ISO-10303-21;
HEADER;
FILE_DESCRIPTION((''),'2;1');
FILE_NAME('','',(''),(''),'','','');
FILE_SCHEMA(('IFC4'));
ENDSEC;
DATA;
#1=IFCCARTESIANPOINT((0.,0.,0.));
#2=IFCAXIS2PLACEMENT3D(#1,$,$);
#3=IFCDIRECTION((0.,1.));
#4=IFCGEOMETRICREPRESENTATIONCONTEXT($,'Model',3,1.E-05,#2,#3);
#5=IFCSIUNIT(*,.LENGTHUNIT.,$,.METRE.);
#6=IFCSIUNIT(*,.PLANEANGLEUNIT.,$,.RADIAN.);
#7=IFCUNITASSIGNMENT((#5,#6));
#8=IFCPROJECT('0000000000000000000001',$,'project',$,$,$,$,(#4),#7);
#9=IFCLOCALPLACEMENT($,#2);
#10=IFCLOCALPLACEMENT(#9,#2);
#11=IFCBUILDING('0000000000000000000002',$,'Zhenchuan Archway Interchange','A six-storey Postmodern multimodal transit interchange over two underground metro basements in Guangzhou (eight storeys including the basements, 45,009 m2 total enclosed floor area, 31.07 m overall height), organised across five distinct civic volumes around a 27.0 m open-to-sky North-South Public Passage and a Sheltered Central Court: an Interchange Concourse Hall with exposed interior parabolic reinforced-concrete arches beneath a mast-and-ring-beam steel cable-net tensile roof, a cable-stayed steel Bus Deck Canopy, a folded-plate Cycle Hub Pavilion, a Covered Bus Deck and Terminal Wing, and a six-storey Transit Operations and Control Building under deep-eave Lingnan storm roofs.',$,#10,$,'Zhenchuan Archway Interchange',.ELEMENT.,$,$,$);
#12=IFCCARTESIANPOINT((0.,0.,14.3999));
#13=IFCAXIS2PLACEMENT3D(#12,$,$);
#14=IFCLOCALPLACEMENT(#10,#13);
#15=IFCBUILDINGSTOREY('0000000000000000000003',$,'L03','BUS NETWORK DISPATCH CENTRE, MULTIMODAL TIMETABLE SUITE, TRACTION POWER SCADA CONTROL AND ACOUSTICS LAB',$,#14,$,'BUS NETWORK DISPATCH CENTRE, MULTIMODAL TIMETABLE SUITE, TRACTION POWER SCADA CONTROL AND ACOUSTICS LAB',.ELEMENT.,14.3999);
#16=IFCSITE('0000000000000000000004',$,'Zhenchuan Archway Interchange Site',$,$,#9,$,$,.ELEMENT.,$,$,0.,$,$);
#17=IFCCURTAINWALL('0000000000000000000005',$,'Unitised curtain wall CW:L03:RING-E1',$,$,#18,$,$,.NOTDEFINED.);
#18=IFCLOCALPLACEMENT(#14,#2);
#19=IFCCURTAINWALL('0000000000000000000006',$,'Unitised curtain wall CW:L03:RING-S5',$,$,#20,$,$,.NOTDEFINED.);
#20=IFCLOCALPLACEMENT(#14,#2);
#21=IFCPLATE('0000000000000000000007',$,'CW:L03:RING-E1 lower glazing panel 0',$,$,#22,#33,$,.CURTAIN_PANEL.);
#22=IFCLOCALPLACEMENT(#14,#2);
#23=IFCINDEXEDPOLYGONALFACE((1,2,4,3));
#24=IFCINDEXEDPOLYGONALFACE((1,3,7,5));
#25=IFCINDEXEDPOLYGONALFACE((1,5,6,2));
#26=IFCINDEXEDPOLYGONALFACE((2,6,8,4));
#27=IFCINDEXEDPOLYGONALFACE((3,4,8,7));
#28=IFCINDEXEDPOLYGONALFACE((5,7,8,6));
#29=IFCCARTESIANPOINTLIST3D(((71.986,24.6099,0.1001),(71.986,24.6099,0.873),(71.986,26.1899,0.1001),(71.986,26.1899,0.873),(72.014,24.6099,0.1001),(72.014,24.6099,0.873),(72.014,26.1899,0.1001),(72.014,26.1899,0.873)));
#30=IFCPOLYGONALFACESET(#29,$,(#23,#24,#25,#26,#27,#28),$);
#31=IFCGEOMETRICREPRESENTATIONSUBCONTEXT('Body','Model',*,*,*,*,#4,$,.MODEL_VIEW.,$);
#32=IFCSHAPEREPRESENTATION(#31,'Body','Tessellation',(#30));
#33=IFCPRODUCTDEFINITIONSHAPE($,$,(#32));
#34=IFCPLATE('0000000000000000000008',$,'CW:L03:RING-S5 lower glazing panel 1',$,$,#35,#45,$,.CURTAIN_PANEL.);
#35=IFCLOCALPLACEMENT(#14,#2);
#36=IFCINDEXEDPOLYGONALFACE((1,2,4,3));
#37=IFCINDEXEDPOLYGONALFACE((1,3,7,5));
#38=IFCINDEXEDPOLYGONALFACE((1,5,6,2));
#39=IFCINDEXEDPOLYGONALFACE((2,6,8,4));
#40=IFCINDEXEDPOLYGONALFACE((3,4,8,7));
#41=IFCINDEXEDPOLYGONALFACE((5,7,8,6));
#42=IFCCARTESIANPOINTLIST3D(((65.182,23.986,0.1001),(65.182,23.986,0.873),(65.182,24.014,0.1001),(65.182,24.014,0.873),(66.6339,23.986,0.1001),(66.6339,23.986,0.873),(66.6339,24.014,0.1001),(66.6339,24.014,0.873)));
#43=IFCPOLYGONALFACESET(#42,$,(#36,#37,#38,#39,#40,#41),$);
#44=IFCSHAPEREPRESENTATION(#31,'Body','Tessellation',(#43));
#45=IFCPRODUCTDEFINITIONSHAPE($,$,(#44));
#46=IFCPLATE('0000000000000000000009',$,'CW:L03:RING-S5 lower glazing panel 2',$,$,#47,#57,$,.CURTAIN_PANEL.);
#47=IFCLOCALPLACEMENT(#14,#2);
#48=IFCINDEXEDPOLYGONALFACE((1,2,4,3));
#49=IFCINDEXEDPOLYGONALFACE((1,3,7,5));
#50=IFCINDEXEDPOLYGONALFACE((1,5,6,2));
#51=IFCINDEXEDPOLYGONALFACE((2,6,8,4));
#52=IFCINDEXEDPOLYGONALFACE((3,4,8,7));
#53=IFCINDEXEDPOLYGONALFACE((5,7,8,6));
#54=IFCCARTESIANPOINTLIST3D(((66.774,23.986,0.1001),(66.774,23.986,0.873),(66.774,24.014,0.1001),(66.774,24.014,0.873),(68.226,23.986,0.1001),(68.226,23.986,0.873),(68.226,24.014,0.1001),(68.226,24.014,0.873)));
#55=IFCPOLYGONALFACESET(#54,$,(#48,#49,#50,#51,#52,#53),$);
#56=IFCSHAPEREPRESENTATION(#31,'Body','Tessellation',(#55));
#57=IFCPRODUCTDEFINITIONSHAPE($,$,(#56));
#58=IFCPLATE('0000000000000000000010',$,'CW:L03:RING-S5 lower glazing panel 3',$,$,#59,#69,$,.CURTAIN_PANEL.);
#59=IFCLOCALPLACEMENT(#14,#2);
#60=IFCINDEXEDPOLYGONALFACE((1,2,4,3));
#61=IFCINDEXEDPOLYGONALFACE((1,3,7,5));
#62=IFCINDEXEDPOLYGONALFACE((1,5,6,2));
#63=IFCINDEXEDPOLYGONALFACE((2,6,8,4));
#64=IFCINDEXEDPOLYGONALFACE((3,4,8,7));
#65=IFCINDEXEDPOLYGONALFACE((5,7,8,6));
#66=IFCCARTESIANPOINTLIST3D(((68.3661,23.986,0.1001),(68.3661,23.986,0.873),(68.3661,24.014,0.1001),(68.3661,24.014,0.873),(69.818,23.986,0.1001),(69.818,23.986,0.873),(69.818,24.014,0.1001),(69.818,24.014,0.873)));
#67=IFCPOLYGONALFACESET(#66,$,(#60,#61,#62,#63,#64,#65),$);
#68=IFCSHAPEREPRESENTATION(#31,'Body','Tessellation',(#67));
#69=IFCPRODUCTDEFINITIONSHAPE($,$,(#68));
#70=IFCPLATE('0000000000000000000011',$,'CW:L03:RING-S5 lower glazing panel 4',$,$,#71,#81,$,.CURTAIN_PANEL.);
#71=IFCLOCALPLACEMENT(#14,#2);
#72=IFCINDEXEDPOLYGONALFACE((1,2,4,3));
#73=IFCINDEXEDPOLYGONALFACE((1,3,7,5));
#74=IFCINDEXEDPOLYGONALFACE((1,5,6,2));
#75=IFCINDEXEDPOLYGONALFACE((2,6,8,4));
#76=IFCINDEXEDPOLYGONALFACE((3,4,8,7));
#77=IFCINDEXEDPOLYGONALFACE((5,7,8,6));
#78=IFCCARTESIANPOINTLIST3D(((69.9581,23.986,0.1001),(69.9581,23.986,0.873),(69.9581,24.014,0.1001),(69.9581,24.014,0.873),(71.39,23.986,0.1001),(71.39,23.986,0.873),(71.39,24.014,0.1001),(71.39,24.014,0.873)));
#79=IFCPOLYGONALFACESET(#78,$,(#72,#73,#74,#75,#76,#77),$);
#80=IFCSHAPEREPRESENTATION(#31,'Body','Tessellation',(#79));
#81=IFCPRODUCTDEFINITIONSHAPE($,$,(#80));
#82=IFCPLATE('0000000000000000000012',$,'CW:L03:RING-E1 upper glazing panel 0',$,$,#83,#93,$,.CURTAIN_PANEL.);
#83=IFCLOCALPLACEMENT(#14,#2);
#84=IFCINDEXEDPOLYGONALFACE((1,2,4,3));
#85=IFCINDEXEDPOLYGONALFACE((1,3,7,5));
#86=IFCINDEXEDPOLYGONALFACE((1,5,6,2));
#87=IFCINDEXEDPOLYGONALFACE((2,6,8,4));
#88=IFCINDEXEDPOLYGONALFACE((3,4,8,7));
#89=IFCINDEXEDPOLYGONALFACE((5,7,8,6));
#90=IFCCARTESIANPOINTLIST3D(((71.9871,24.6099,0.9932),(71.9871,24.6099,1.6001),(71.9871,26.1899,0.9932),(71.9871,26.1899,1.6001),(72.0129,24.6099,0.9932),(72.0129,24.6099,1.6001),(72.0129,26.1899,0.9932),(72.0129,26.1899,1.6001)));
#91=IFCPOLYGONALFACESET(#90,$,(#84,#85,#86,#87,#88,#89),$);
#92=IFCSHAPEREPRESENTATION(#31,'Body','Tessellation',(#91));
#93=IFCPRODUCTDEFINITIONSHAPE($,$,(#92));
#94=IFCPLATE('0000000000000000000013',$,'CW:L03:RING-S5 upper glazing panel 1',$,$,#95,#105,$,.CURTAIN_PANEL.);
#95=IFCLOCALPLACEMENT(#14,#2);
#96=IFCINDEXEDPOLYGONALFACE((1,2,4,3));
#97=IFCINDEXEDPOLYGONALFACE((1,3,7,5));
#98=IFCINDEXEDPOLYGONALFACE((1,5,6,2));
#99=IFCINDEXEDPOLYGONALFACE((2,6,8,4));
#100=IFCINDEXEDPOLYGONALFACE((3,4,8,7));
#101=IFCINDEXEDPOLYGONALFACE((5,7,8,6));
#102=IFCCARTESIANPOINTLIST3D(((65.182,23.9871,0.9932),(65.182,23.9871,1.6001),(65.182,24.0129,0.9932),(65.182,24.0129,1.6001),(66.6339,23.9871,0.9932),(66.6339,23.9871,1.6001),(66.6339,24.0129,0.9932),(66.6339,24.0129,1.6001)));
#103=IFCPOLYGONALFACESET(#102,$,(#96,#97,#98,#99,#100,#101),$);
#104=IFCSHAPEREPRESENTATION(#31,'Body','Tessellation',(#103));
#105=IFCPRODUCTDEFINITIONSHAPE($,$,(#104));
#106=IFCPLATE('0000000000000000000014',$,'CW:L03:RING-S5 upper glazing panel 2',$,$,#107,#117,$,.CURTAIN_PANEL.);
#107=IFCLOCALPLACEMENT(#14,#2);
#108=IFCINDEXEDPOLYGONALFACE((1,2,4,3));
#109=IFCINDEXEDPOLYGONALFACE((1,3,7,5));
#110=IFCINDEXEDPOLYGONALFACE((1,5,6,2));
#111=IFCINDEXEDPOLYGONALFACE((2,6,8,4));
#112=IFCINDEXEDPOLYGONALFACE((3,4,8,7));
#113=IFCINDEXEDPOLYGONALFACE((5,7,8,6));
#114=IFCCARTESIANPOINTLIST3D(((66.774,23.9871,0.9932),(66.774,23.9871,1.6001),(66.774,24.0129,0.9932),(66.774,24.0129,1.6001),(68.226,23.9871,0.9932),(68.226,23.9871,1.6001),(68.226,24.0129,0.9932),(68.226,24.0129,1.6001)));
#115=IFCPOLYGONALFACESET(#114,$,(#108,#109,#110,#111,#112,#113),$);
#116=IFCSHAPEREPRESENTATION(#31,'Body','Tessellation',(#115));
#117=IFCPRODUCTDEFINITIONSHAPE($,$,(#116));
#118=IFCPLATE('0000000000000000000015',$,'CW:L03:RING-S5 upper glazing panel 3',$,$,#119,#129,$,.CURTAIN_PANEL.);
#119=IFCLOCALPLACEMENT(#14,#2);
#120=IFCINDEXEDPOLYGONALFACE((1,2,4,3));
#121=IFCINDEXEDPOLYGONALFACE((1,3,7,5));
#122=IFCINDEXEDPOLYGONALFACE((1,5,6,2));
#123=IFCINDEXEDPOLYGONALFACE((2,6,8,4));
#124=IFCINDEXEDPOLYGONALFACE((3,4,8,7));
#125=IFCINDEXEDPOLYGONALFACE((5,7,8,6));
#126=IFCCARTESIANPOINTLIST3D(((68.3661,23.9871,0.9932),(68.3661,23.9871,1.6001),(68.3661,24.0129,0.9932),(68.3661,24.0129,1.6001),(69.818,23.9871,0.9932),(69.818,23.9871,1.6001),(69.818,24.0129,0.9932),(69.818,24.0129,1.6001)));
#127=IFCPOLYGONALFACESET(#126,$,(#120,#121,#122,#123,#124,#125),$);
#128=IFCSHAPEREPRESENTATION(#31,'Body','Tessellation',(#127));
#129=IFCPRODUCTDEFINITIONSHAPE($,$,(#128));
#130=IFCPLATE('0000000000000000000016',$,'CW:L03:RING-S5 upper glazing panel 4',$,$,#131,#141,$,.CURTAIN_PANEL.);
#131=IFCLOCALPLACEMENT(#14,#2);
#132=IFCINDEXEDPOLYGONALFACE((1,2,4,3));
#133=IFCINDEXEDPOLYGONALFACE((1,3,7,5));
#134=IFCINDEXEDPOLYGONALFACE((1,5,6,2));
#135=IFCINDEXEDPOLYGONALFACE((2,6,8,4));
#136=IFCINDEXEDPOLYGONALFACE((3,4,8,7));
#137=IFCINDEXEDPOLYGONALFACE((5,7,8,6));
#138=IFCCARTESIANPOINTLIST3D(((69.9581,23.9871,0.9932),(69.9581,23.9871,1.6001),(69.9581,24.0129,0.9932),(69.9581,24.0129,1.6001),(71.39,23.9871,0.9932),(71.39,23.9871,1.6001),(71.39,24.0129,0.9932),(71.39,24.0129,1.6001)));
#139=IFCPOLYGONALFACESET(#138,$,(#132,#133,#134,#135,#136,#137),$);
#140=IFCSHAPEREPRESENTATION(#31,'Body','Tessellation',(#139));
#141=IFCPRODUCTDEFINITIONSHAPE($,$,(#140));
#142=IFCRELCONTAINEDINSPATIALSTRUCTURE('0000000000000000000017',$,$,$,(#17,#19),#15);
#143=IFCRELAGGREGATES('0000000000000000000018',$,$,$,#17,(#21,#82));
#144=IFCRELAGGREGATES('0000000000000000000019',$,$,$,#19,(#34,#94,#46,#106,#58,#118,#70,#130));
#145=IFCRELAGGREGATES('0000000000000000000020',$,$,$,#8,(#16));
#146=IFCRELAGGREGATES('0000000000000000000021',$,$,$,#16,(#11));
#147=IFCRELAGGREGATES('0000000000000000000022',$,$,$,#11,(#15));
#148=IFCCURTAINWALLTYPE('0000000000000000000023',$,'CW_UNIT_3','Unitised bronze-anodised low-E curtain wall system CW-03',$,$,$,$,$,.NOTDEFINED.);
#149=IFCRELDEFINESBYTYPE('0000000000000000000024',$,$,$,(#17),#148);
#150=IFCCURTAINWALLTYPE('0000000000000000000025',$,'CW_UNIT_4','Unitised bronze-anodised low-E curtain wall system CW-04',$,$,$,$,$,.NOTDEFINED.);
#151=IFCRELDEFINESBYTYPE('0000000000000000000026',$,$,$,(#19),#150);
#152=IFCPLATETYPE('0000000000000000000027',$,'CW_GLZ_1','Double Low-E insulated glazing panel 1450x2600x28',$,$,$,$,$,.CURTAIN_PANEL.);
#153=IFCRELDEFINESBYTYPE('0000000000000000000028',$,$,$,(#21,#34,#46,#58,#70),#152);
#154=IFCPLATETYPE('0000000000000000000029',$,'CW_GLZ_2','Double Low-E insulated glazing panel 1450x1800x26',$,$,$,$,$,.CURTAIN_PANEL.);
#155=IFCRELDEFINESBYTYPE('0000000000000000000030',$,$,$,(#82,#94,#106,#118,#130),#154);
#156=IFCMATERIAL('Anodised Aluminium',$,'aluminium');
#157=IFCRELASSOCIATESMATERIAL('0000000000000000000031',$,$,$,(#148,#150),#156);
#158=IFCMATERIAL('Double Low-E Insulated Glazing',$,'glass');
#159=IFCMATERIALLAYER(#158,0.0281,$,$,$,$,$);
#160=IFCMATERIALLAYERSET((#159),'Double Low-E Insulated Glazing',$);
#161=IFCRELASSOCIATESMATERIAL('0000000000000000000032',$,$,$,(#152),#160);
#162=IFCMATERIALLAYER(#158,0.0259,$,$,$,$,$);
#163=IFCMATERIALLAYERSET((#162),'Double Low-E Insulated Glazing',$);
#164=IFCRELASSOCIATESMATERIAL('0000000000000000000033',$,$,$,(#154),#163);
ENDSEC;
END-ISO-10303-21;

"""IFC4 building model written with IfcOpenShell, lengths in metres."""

from ifc_helpers import new_model, si_unit, direction, frame, origin, origin_2d, place, context, subcontext, project, spatial, rectangle, extrude, material, layer, layer_set, type_object, element, aggregate, save


model = new_model("IFC4")

# Units and contexts
model_context = context("Model", 3, precision=1e-05, world=origin(), true_north=direction((0.0, 1.0)))
body_context = subcontext(model_context, "Body", "Model", "MODEL_VIEW")
ifc_project = project(units=[si_unit("LENGTHUNIT", "METRE"), si_unit("PLANEANGLEUNIT", "RADIAN")], contexts=[model_context])

# Site, building, storey
site_placement = place(None, origin())
site = spatial("IfcSite", under=ifc_project, at=site_placement, Name="Zhenchuan Archway Interchange Site", CompositionType="ELEMENT", RefElevation=0.0)
building_placement = place(site_placement, origin())
building = spatial("IfcBuilding", under=site, at=building_placement, Name="Zhenchuan Archway Interchange", Description="A six-storey Postmodern multimodal transit interchange over two underground metro basements in Guangzhou (eight storeys including the basements, 45,009 m2 total enclosed floor area, 31.07 m overall height), organised across five distinct civic volumes around a 27.0 m open-to-sky North-South Public Passage and a Sheltered Central Court: an Interchange Concourse Hall with exposed interior parabolic reinforced-concrete arches beneath a mast-and-ring-beam steel cable-net tensile roof, a cable-stayed steel Bus Deck Canopy, a folded-plate Cycle Hub Pavilion, a Covered Bus Deck and Terminal Wing, and a six-storey Transit Operations and Control Building under deep-eave Lingnan storm roofs.", LongName="Zhenchuan Archway Interchange", CompositionType="ELEMENT")
storey_placement = place(building_placement, frame((0.0, 0.0, 14.3999)))
storey = spatial("IfcBuildingStorey", under=building, at=storey_placement, Name="L03", Description="BUS NETWORK DISPATCH CENTRE, MULTIMODAL TIMETABLE SUITE, TRACTION POWER SCADA CONTROL AND ACOUSTICS LAB", LongName="BUS NETWORK DISPATCH CENTRE, MULTIMODAL TIMETABLE SUITE, TRACTION POWER SCADA CONTROL AND ACOUSTICS LAB", CompositionType="ELEMENT", Elevation=14.3999)

# Curtain walls
ifc_material_1 = material(Name="Anodised Aluminium", Category="aluminium")
curtain_wall_type_1 = type_object("IfcCurtainWallType", Name="CW_UNIT_3", Description="Unitised bronze-anodised low-E curtain wall system CW-03", PredefinedType="NOTDEFINED", material=ifc_material_1)
curtain_wall_1_placement = place(storey_placement, origin())
curtain_wall_1 = element("IfcCurtainWall", 1, at=curtain_wall_1_placement, inside=storey, type_object=curtain_wall_type_1, Name="Unitised curtain wall CW:L03:RING-E1", PredefinedType="NOTDEFINED")
curtain_wall_type_2 = type_object("IfcCurtainWallType", Name="CW_UNIT_4", Description="Unitised bronze-anodised low-E curtain wall system CW-04", PredefinedType="NOTDEFINED", material=ifc_material_1)
curtain_wall_2_placement = place(storey_placement, origin())
curtain_wall_2 = element("IfcCurtainWall", 2, at=curtain_wall_2_placement, inside=storey, type_object=curtain_wall_type_2, Name="Unitised curtain wall CW:L03:RING-S5", PredefinedType="NOTDEFINED")

# Plates
ifc_material_2 = material(Name="Double Low-E Insulated Glazing", Category="glass")
ifc_layer_1 = layer(ifc_material_2, 0.0281)
ifc_layer_set_1 = layer_set([ifc_layer_1], Name="Double Low-E Insulated Glazing")
plate_type_1 = type_object("IfcPlateType", Name="CW_GLZ_1", Description="Double Low-E insulated glazing panel 1450x2600x28", PredefinedType="CURTAIN_PANEL", material=ifc_layer_set_1)
plate_1_placement = place(storey_placement, frame((72.0, 25.3999, 0.1001), z_axis=(0.0, 0.0, 1.0), x_axis=(0.0, 1.0, 0.0)))
plate_1 = element("IfcPlate", 3, at=plate_1_placement, type_object=plate_type_1, Name="CW:L03:RING-E1 lower glazing panel 0", PredefinedType="CURTAIN_PANEL", context=body_context, shape_type="SweptSolid", body=[
    extrude(rectangle(XDim=1.5801, YDim=0.0281, at=origin_2d()), origin(), (0.0, 0.0, 1.0), 0.7729),
])
plate_2_placement = place(storey_placement, frame((65.908, 24.0, 0.1001), z_axis=(0.0, 0.0, 1.0), x_axis=(1.0, 0.0, 0.0)))
plate_2 = element("IfcPlate", 4, at=plate_2_placement, type_object=plate_type_1, Name="CW:L03:RING-S5 lower glazing panel 1", PredefinedType="CURTAIN_PANEL", context=body_context, shape_type="SweptSolid", body=[
    extrude(rectangle(XDim=1.4519, YDim=0.0281, at=origin_2d()), origin(), (0.0, 0.0, 1.0), 0.7729),
])
plate_3_placement = place(storey_placement, frame((67.5, 24.0, 0.1001), z_axis=(0.0, 0.0, 1.0), x_axis=(1.0, 0.0, 0.0)))
plate_3 = element("IfcPlate", 5, at=plate_3_placement, type_object=plate_type_1, Name="CW:L03:RING-S5 lower glazing panel 2", PredefinedType="CURTAIN_PANEL", context=body_context, shape_type="SweptSolid", body=[
    extrude(rectangle(XDim=1.4519, YDim=0.0281, at=origin_2d()), origin(), (0.0, 0.0, 1.0), 0.7729),
])
plate_4_placement = place(storey_placement, frame((69.092, 24.0, 0.1001), z_axis=(0.0, 0.0, 1.0), x_axis=(1.0, 0.0, 0.0)))
plate_4 = element("IfcPlate", 6, at=plate_4_placement, type_object=plate_type_1, Name="CW:L03:RING-S5 lower glazing panel 3", PredefinedType="CURTAIN_PANEL", context=body_context, shape_type="SweptSolid", body=[
    extrude(rectangle(XDim=1.4519, YDim=0.0281, at=origin_2d()), origin(), (0.0, 0.0, 1.0), 0.7729),
])
plate_5_placement = place(storey_placement, frame((70.6741, 24.0, 0.1001), z_axis=(0.0, 0.0, 1.0), x_axis=(1.0, 0.0, 0.0)))
plate_5 = element("IfcPlate", 7, at=plate_5_placement, type_object=plate_type_1, Name="CW:L03:RING-S5 lower glazing panel 4", PredefinedType="CURTAIN_PANEL", context=body_context, shape_type="SweptSolid", body=[
    extrude(rectangle(XDim=1.4319, YDim=0.0281, at=origin_2d()), origin(), (0.0, 0.0, 1.0), 0.7729),
])
ifc_layer_2 = layer(ifc_material_2, 0.0259)
ifc_layer_set_2 = layer_set([ifc_layer_2], Name="Double Low-E Insulated Glazing")
plate_type_2 = type_object("IfcPlateType", Name="CW_GLZ_2", Description="Double Low-E insulated glazing panel 1450x1800x26", PredefinedType="CURTAIN_PANEL", material=ifc_layer_set_2)
plate_6_placement = place(storey_placement, frame((72.0, 25.3999, 0.9932), z_axis=(0.0, 0.0, 1.0), x_axis=(0.0, 1.0, 0.0)))
plate_6 = element("IfcPlate", 8, at=plate_6_placement, type_object=plate_type_2, Name="CW:L03:RING-E1 upper glazing panel 0", PredefinedType="CURTAIN_PANEL", context=body_context, shape_type="SweptSolid", body=[
    extrude(rectangle(XDim=1.5801, YDim=0.0259, at=origin_2d()), origin(), (0.0, 0.0, 1.0), 0.6069),
])
aggregate(curtain_wall_1, [plate_1, plate_6])
plate_7_placement = place(storey_placement, frame((65.908, 24.0, 0.9932), z_axis=(0.0, 0.0, 1.0), x_axis=(1.0, 0.0, 0.0)))
plate_7 = element("IfcPlate", 9, at=plate_7_placement, type_object=plate_type_2, Name="CW:L03:RING-S5 upper glazing panel 1", PredefinedType="CURTAIN_PANEL", context=body_context, shape_type="SweptSolid", body=[
    extrude(rectangle(XDim=1.4519, YDim=0.0259, at=origin_2d()), origin(), (0.0, 0.0, 1.0), 0.6069),
])
plate_8_placement = place(storey_placement, frame((67.5, 24.0, 0.9932), z_axis=(0.0, 0.0, 1.0), x_axis=(1.0, 0.0, 0.0)))
plate_8 = element("IfcPlate", 10, at=plate_8_placement, type_object=plate_type_2, Name="CW:L03:RING-S5 upper glazing panel 2", PredefinedType="CURTAIN_PANEL", context=body_context, shape_type="SweptSolid", body=[
    extrude(rectangle(XDim=1.4519, YDim=0.0259, at=origin_2d()), origin(), (0.0, 0.0, 1.0), 0.6069),
])
plate_9_placement = place(storey_placement, frame((69.092, 24.0, 0.9932), z_axis=(0.0, 0.0, 1.0), x_axis=(1.0, 0.0, 0.0)))
plate_9 = element("IfcPlate", 11, at=plate_9_placement, type_object=plate_type_2, Name="CW:L03:RING-S5 upper glazing panel 3", PredefinedType="CURTAIN_PANEL", context=body_context, shape_type="SweptSolid", body=[
    extrude(rectangle(XDim=1.4519, YDim=0.0259, at=origin_2d()), origin(), (0.0, 0.0, 1.0), 0.6069),
])
plate_10_placement = place(storey_placement, frame((70.6741, 24.0, 0.9932), z_axis=(0.0, 0.0, 1.0), x_axis=(1.0, 0.0, 0.0)))
plate_10 = element("IfcPlate", 12, at=plate_10_placement, type_object=plate_type_2, Name="CW:L03:RING-S5 upper glazing panel 4", PredefinedType="CURTAIN_PANEL", context=body_context, shape_type="SweptSolid", body=[
    extrude(rectangle(XDim=1.4319, YDim=0.0259, at=origin_2d()), origin(), (0.0, 0.0, 1.0), 0.6069),
])
aggregate(curtain_wall_2, [plate_2, plate_7, plate_3, plate_8, plate_4, plate_9, plate_5, plate_10])

save(model, "model.ifc")
